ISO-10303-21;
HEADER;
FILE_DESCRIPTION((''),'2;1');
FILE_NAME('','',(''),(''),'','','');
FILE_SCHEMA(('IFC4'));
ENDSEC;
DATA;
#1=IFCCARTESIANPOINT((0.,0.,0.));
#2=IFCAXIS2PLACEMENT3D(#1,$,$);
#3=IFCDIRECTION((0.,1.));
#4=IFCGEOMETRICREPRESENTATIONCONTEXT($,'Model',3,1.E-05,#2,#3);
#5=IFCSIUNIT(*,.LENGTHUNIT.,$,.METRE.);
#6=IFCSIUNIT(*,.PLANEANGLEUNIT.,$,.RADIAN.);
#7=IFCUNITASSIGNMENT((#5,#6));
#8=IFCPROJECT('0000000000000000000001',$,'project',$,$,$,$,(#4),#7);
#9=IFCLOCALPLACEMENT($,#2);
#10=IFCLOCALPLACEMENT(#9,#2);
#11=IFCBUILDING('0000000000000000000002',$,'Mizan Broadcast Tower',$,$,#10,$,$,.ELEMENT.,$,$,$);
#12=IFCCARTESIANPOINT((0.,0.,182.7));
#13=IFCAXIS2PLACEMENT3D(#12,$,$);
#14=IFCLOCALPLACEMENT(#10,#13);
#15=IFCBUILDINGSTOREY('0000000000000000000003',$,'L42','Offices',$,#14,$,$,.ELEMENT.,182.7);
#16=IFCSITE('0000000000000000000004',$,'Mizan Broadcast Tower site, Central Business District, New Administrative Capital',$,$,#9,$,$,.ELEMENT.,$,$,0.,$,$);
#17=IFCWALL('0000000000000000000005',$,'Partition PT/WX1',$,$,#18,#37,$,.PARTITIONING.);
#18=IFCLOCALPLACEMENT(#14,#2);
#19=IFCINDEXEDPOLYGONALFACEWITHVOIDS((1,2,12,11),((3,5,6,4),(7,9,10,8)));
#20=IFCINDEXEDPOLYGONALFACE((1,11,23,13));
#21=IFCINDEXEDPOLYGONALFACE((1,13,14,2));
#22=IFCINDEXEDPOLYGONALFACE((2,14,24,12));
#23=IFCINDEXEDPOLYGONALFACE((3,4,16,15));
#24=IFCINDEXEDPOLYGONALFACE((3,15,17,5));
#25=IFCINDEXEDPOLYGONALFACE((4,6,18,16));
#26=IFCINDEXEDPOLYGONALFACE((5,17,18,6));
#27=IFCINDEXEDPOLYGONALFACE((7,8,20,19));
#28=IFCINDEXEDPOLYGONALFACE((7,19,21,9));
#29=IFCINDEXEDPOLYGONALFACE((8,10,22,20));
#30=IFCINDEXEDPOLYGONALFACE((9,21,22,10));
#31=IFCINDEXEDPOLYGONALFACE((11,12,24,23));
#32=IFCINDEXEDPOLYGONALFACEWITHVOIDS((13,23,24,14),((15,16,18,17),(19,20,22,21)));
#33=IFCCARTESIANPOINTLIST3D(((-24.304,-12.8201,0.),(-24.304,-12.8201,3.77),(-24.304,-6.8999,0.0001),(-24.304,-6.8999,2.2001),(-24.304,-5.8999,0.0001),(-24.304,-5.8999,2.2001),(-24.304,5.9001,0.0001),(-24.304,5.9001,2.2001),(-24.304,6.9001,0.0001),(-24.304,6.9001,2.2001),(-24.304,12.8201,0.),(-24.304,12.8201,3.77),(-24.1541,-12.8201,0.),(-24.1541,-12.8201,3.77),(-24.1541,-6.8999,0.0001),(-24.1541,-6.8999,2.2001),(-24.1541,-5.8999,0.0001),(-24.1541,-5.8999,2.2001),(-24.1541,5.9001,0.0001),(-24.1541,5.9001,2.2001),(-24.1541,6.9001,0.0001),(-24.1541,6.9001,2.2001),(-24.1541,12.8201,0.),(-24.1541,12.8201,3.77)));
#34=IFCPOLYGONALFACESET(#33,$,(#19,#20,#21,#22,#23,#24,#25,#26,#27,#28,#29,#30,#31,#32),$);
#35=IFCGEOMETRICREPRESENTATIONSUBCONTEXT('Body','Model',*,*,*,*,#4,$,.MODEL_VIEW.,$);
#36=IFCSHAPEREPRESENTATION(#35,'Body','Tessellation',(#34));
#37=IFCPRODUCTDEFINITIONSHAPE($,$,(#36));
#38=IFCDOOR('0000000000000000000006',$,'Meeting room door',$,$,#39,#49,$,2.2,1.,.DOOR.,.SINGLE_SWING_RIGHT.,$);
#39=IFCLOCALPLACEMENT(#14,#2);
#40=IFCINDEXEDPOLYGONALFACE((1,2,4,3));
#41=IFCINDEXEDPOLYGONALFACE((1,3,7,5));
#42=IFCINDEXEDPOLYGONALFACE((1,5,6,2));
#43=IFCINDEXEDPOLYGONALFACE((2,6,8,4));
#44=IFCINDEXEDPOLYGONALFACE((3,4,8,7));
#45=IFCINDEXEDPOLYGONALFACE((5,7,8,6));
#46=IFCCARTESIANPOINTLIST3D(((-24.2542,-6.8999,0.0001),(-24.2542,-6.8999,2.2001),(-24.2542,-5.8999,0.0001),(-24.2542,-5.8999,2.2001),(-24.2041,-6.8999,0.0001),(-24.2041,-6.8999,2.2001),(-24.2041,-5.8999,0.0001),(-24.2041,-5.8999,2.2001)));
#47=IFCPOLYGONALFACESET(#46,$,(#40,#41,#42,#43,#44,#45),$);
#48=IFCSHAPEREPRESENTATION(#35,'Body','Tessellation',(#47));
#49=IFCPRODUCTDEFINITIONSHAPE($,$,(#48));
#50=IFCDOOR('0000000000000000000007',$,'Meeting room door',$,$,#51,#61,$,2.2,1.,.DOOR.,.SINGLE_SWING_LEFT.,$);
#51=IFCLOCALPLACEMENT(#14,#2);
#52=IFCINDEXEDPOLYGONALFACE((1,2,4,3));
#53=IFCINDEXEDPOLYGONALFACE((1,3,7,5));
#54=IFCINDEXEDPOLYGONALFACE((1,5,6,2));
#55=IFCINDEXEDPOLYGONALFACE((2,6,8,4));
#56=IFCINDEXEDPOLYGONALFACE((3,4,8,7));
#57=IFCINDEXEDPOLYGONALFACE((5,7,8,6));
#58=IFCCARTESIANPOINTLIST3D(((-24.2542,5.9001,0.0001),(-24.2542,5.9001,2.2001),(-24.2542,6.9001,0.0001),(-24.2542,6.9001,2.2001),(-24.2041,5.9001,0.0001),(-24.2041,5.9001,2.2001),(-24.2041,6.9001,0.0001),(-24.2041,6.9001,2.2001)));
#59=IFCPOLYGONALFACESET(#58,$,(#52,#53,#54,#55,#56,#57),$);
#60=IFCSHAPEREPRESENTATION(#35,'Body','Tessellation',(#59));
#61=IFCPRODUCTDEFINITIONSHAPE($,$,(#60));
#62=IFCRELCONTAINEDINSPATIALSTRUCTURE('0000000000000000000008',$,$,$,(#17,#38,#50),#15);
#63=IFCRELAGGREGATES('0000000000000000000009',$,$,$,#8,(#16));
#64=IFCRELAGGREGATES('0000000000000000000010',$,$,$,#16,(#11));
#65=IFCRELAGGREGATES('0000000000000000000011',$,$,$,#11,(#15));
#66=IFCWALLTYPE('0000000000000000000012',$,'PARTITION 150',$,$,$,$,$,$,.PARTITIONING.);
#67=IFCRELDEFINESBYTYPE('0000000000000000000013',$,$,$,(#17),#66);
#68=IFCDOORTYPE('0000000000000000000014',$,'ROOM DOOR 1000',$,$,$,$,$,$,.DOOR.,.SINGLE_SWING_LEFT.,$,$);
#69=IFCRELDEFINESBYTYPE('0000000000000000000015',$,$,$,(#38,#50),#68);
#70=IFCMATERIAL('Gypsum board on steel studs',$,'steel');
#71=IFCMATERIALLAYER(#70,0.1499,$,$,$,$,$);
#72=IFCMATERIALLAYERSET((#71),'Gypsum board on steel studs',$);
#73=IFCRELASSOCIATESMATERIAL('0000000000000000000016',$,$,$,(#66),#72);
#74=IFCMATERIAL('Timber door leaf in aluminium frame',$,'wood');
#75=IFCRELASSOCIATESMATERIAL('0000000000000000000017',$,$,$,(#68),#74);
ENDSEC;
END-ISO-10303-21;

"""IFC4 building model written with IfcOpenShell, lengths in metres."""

from ifc_helpers import new_model, si_unit, direction, frame, frame_2d, origin, place, context, subcontext, project, spatial, rectangle, extrude, material, layer, layer_set, type_object, element, fill, save


model = new_model("IFC4")

# Units and contexts
model_context = context("Model", 3, precision=1e-05, world=origin(), true_north=direction((0.0, 1.0)))
body_context = subcontext(model_context, "Body", "Model", "MODEL_VIEW")
ifc_project = project(units=[si_unit("LENGTHUNIT", "METRE"), si_unit("PLANEANGLEUNIT", "RADIAN")], contexts=[model_context])

# Site, building, storey
site_placement = place(None, origin())
site = spatial("IfcSite", under=ifc_project, at=site_placement, Name="Mizan Broadcast Tower site, Central Business District, New Administrative Capital", CompositionType="ELEMENT", RefElevation=0.0)
building_placement = place(site_placement, origin())
building = spatial("IfcBuilding", under=site, at=building_placement, Name="Mizan Broadcast Tower", CompositionType="ELEMENT")
storey_placement = place(building_placement, frame((0.0, 0.0, 182.7)))
storey = spatial("IfcBuildingStorey", under=building, at=storey_placement, Name="L42", Description="Offices", CompositionType="ELEMENT", Elevation=182.7)

# Wall, openings, doors
ifc_material_1 = material(Name="Gypsum board on steel studs", Category="steel")
ifc_layer_1 = layer(ifc_material_1, 0.1499)
ifc_layer_set_1 = layer_set([ifc_layer_1], Name="Gypsum board on steel studs")
wall_type_1 = type_object("IfcWallType", Name="PARTITION 150", PredefinedType="PARTITIONING", material=ifc_layer_set_1)
wall_1_placement = place(storey_placement, frame((-24.229, 12.8201, 0.0), z_axis=(0.0, 0.0, 1.0), x_axis=(0.0, -1.0, 0.0)))
wall_1 = element("IfcWall", 1, at=wall_1_placement, inside=storey, type_object=wall_type_1, Name="Partition PT/WX1", PredefinedType="PARTITIONING", context=body_context, shape_type="SweptSolid", body=[
    extrude(rectangle(XDim=25.6401, YDim=0.1499, at=frame_2d((12.8201, 0.0))), origin(), (0.0, 0.0, 1.0), 3.77),
])
opening_1_placement = place(wall_1_placement, frame((18.72, 0.0, 0.0)))
opening_1 = element("IfcOpeningElement", 2, at=opening_1_placement, cuts=wall_1, PredefinedType="OPENING", context=body_context, shape_type="SweptSolid", body=[
    extrude(rectangle(XDim=1.0, YDim=2.2, at=frame_2d((0.5, 1.1001))), frame((0.0, 0.085, 0.0), z_axis=(0.0, -1.0, 0.0), x_axis=(1.0, 0.0, 0.0)), (0.0, 0.0, 1.0), 0.1699),
])
opening_2_placement = place(wall_1_placement, frame((5.9199, 0.0, 0.0)))
opening_2 = element("IfcOpeningElement", 3, at=opening_2_placement, cuts=wall_1, PredefinedType="OPENING", context=body_context, shape_type="SweptSolid", body=[
    extrude(rectangle(XDim=1.0, YDim=2.2, at=frame_2d((0.5, 1.1001))), frame((0.0, 0.085, 0.0), z_axis=(0.0, -1.0, 0.0), x_axis=(1.0, 0.0, 0.0)), (0.0, 0.0, 1.0), 0.1699),
])
ifc_material_2 = material(Name="Timber door leaf in aluminium frame", Category="wood")
door_type = type_object("IfcDoorType", Name="ROOM DOOR 1000", OperationType="SINGLE_SWING_LEFT", PredefinedType="DOOR", material=ifc_material_2)
door_1_placement = place(opening_1_placement, origin())
door_1 = element("IfcDoor", 4, at=door_1_placement, inside=storey, type_object=door_type, Name="Meeting room door", OperationType="SINGLE_SWING_RIGHT", OverallHeight=2.2, OverallWidth=1.0, PredefinedType="DOOR", context=body_context, shape_type="SweptSolid", body=[
    extrude(rectangle(XDim=1.0, YDim=2.2, at=frame_2d((0.5, 1.1001))), frame((0.0, 0.0249, 0.0), z_axis=(0.0, -1.0, 0.0), x_axis=(1.0, 0.0, 0.0)), (0.0, 0.0, 1.0), 0.05),
])
fill(opening_1, door_1)
door_2_placement = place(opening_2_placement, origin())
door_2 = element("IfcDoor", 5, at=door_2_placement, inside=storey, type_object=door_type, Name="Meeting room door", OperationType="SINGLE_SWING_LEFT", OverallHeight=2.2, OverallWidth=1.0, PredefinedType="DOOR", context=body_context, shape_type="SweptSolid", body=[
    extrude(rectangle(XDim=1.0, YDim=2.2, at=frame_2d((0.5, 1.1001))), frame((0.0, 0.0249, 0.0), z_axis=(0.0, -1.0, 0.0), x_axis=(1.0, 0.0, 0.0)), (0.0, 0.0, 1.0), 0.05),
])
fill(opening_2, door_2)

save(model, "model.ifc")
